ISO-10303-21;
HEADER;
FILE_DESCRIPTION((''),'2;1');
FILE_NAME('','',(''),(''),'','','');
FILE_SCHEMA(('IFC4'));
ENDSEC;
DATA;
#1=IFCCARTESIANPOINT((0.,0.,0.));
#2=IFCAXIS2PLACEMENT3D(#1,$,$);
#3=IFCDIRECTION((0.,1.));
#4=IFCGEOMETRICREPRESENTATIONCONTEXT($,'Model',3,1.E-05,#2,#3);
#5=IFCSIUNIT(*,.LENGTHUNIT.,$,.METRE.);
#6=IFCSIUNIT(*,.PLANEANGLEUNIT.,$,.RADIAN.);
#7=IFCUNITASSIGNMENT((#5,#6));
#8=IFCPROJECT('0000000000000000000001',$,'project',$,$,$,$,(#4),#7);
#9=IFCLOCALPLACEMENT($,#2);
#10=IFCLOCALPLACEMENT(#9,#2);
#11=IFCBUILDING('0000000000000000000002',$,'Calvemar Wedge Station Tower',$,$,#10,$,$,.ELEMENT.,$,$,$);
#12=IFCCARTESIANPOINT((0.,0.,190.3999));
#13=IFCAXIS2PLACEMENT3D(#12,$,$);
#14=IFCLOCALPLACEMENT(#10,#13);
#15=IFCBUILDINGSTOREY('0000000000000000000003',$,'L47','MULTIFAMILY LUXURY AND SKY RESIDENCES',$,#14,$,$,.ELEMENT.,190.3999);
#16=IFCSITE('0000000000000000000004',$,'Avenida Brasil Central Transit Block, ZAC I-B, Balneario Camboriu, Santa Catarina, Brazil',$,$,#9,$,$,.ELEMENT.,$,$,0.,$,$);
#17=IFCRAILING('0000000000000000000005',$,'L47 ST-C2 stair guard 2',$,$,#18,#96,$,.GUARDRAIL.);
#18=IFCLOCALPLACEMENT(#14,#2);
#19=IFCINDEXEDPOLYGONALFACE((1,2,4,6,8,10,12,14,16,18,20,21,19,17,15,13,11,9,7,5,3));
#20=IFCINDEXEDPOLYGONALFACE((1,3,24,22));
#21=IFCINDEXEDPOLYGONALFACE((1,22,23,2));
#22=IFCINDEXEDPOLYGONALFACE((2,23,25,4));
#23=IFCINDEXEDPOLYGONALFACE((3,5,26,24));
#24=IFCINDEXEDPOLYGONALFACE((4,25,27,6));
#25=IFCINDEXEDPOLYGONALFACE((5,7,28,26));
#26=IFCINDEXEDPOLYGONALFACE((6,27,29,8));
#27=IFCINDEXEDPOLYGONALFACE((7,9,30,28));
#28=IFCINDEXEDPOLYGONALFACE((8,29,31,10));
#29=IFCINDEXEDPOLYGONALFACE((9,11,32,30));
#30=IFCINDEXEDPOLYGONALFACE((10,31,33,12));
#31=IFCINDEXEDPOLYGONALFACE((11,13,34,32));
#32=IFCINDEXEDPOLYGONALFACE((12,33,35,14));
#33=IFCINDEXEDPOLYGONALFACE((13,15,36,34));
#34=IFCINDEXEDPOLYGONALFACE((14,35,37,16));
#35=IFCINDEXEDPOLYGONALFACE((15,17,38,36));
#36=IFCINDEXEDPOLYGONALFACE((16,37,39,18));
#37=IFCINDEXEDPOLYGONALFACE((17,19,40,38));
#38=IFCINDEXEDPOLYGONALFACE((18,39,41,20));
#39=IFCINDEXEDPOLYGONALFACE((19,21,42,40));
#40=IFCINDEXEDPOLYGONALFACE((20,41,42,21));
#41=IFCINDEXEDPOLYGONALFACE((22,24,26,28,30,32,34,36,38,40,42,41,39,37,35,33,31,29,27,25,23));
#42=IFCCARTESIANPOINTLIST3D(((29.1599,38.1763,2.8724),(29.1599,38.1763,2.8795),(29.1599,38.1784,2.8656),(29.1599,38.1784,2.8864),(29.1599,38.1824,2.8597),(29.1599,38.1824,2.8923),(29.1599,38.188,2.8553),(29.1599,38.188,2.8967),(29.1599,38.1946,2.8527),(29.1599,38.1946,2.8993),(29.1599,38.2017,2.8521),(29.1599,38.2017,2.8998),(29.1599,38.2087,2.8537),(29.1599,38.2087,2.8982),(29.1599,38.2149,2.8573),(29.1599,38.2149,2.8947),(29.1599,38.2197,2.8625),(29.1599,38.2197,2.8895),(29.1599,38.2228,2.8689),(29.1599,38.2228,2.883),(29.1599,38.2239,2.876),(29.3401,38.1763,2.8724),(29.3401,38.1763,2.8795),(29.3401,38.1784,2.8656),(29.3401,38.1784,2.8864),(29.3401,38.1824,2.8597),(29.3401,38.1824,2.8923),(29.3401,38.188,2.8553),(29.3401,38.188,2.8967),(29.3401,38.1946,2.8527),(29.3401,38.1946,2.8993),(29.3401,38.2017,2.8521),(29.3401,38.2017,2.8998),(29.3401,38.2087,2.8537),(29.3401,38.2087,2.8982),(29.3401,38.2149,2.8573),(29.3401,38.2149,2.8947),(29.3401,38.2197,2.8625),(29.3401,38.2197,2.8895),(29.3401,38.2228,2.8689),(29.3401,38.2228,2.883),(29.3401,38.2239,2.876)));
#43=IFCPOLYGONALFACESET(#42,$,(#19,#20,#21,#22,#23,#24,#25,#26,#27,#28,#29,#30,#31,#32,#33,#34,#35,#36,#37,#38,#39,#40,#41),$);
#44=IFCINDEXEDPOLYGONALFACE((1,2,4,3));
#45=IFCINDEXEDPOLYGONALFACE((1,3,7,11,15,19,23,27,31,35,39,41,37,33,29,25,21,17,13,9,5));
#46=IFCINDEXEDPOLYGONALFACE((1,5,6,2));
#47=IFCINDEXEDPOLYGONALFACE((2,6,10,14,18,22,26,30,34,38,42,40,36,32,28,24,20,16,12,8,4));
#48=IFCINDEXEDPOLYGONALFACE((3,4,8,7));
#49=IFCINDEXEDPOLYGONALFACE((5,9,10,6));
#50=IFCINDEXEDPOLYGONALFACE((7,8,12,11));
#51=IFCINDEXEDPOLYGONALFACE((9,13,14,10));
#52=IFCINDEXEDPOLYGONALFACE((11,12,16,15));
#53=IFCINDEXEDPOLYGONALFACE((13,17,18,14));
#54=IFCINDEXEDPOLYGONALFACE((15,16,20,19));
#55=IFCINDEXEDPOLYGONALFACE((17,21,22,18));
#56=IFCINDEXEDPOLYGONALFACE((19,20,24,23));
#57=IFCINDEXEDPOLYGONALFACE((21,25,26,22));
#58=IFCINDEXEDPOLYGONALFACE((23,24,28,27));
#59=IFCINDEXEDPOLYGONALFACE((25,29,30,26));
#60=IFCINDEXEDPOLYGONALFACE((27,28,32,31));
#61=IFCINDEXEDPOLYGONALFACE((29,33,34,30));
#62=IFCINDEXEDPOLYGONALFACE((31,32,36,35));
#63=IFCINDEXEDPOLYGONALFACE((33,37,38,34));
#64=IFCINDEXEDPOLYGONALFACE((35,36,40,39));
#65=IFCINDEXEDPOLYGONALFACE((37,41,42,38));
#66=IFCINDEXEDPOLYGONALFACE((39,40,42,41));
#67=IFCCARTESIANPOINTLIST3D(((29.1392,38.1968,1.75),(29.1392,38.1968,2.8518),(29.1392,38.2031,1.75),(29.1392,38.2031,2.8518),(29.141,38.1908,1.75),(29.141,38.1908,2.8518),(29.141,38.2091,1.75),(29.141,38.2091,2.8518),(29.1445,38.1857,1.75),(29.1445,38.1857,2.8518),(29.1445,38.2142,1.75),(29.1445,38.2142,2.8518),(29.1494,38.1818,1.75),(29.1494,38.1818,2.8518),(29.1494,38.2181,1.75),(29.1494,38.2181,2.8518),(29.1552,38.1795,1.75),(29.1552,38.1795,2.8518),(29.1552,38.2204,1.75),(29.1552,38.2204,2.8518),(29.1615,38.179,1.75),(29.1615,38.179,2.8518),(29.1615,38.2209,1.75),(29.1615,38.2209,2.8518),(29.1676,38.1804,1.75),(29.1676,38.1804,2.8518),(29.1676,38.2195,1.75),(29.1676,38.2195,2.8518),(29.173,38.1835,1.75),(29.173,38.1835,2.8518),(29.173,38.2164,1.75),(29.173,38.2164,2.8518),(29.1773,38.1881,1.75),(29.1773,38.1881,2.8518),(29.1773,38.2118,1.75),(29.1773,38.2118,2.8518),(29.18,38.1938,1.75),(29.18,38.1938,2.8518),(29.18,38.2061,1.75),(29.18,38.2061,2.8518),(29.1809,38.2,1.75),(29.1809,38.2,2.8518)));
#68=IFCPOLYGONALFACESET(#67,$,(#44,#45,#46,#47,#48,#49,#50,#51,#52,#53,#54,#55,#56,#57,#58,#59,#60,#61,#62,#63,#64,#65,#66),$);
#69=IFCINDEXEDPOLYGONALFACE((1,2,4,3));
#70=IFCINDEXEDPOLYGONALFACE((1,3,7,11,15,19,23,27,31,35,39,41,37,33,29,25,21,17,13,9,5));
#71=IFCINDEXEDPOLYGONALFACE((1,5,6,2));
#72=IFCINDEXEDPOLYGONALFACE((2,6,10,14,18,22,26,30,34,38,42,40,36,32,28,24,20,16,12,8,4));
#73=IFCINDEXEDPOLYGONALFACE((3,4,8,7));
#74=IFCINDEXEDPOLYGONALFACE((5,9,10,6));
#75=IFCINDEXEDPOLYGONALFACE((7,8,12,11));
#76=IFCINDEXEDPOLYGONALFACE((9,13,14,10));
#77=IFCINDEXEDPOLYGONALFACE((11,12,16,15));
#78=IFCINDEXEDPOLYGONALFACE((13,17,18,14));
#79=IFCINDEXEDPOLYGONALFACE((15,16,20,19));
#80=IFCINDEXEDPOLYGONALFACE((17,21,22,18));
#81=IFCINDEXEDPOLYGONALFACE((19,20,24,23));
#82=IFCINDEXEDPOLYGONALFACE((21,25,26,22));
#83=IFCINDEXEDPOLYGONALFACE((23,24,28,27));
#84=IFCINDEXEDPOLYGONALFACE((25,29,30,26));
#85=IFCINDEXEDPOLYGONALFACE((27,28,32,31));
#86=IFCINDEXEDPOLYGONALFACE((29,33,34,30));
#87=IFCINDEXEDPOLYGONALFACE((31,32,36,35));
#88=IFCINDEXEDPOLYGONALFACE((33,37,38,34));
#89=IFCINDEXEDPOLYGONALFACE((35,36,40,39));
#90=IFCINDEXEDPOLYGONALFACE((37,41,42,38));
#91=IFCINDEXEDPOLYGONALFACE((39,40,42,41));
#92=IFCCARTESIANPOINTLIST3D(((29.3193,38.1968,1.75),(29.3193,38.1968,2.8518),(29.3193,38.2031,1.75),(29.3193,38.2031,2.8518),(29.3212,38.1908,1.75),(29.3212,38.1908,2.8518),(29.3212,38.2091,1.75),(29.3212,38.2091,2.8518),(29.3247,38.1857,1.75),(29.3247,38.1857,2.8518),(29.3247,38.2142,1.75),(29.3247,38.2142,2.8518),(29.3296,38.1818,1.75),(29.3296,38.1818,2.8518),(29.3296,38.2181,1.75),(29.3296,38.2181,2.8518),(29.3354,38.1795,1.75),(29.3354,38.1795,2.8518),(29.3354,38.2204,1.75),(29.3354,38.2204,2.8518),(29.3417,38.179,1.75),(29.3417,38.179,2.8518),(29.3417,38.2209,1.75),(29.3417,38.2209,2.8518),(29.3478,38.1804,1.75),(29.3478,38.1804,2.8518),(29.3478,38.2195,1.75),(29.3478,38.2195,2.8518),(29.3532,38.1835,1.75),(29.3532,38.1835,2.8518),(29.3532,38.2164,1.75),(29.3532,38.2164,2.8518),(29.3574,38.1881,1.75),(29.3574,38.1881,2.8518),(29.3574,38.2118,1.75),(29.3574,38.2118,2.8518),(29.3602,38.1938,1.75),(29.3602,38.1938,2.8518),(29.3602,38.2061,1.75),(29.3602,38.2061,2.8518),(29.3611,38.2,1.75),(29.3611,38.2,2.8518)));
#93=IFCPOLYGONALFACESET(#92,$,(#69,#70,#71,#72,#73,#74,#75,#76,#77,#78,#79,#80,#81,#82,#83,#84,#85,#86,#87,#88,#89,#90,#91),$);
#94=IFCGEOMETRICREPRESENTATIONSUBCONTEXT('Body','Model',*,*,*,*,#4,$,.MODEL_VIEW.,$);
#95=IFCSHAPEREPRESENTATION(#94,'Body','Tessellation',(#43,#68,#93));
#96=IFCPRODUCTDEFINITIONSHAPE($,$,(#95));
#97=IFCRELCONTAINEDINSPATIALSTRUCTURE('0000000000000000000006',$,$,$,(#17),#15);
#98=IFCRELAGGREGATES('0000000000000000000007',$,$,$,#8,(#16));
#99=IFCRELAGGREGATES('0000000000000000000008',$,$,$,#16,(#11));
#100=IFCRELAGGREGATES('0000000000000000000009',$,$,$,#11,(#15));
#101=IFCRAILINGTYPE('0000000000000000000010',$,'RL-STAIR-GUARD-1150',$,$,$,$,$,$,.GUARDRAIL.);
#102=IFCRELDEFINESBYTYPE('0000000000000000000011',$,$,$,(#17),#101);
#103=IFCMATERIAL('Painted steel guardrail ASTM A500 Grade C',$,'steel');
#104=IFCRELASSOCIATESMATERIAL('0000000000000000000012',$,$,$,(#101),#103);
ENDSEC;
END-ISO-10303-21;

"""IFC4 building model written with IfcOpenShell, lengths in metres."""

from ifc_helpers import new_model, si_unit, direction, frame, origin, origin_2d, place, context, subcontext, project, spatial, circle, extrude, material, type_object, element, save


model = new_model("IFC4")

# Units and contexts
model_context = context("Model", 3, precision=1e-05, world=origin(), true_north=direction((0.0, 1.0)))
body_context = subcontext(model_context, "Body", "Model", "MODEL_VIEW")
ifc_project = project(units=[si_unit("LENGTHUNIT", "METRE"), si_unit("PLANEANGLEUNIT", "RADIAN")], contexts=[model_context])

# Site, building, storey
site_placement = place(None, origin())
site = spatial("IfcSite", under=ifc_project, at=site_placement, Name="Avenida Brasil Central Transit Block, ZAC I-B, Balneario Camboriu, Santa Catarina, Brazil", CompositionType="ELEMENT", RefElevation=0.0)
building_placement = place(site_placement, origin())
building = spatial("IfcBuilding", under=site, at=building_placement, Name="Calvemar Wedge Station Tower", CompositionType="ELEMENT")
storey_placement = place(building_placement, frame((0.0, 0.0, 190.3999)))
storey = spatial("IfcBuildingStorey", under=building, at=storey_placement, Name="L47", Description="MULTIFAMILY LUXURY AND SKY RESIDENCES", CompositionType="ELEMENT", Elevation=190.3999)

# Railing
ifc_material_1 = material(Name="Painted steel guardrail ASTM A500 Grade C", Category="steel")
railing_type_1 = type_object("IfcRailingType", Name="RL-STAIR-GUARD-1150", PredefinedType="GUARDRAIL", material=ifc_material_1)
railing_1_placement = place(storey_placement, frame((29.1599, 38.2, 1.75)))
element("IfcRailing", 1, at=railing_1_placement, inside=storey, type_object=railing_type_1, Name="L47 ST-C2 stair guard 2", PredefinedType="GUARDRAIL", context=body_context, shape_type="SweptSolid", body=[
    extrude(circle(Radius=0.0239, at=origin_2d()), frame((0.0, 0.0, 1.126), z_axis=(1.0, 0.0, 0.0), x_axis=(0.0, 1.0, 0.0)), (0.0, 0.0, 1.0), 0.1802),
    extrude(circle(Radius=0.021, at=origin_2d()), origin(), (0.0, 0.0, 1.0), 1.1018),
    extrude(circle(Radius=0.021, at=origin_2d()), frame((0.1802, 0.0, 0.0)), (0.0, 0.0, 1.0), 1.1018),
])

save(model, "model.ifc")
